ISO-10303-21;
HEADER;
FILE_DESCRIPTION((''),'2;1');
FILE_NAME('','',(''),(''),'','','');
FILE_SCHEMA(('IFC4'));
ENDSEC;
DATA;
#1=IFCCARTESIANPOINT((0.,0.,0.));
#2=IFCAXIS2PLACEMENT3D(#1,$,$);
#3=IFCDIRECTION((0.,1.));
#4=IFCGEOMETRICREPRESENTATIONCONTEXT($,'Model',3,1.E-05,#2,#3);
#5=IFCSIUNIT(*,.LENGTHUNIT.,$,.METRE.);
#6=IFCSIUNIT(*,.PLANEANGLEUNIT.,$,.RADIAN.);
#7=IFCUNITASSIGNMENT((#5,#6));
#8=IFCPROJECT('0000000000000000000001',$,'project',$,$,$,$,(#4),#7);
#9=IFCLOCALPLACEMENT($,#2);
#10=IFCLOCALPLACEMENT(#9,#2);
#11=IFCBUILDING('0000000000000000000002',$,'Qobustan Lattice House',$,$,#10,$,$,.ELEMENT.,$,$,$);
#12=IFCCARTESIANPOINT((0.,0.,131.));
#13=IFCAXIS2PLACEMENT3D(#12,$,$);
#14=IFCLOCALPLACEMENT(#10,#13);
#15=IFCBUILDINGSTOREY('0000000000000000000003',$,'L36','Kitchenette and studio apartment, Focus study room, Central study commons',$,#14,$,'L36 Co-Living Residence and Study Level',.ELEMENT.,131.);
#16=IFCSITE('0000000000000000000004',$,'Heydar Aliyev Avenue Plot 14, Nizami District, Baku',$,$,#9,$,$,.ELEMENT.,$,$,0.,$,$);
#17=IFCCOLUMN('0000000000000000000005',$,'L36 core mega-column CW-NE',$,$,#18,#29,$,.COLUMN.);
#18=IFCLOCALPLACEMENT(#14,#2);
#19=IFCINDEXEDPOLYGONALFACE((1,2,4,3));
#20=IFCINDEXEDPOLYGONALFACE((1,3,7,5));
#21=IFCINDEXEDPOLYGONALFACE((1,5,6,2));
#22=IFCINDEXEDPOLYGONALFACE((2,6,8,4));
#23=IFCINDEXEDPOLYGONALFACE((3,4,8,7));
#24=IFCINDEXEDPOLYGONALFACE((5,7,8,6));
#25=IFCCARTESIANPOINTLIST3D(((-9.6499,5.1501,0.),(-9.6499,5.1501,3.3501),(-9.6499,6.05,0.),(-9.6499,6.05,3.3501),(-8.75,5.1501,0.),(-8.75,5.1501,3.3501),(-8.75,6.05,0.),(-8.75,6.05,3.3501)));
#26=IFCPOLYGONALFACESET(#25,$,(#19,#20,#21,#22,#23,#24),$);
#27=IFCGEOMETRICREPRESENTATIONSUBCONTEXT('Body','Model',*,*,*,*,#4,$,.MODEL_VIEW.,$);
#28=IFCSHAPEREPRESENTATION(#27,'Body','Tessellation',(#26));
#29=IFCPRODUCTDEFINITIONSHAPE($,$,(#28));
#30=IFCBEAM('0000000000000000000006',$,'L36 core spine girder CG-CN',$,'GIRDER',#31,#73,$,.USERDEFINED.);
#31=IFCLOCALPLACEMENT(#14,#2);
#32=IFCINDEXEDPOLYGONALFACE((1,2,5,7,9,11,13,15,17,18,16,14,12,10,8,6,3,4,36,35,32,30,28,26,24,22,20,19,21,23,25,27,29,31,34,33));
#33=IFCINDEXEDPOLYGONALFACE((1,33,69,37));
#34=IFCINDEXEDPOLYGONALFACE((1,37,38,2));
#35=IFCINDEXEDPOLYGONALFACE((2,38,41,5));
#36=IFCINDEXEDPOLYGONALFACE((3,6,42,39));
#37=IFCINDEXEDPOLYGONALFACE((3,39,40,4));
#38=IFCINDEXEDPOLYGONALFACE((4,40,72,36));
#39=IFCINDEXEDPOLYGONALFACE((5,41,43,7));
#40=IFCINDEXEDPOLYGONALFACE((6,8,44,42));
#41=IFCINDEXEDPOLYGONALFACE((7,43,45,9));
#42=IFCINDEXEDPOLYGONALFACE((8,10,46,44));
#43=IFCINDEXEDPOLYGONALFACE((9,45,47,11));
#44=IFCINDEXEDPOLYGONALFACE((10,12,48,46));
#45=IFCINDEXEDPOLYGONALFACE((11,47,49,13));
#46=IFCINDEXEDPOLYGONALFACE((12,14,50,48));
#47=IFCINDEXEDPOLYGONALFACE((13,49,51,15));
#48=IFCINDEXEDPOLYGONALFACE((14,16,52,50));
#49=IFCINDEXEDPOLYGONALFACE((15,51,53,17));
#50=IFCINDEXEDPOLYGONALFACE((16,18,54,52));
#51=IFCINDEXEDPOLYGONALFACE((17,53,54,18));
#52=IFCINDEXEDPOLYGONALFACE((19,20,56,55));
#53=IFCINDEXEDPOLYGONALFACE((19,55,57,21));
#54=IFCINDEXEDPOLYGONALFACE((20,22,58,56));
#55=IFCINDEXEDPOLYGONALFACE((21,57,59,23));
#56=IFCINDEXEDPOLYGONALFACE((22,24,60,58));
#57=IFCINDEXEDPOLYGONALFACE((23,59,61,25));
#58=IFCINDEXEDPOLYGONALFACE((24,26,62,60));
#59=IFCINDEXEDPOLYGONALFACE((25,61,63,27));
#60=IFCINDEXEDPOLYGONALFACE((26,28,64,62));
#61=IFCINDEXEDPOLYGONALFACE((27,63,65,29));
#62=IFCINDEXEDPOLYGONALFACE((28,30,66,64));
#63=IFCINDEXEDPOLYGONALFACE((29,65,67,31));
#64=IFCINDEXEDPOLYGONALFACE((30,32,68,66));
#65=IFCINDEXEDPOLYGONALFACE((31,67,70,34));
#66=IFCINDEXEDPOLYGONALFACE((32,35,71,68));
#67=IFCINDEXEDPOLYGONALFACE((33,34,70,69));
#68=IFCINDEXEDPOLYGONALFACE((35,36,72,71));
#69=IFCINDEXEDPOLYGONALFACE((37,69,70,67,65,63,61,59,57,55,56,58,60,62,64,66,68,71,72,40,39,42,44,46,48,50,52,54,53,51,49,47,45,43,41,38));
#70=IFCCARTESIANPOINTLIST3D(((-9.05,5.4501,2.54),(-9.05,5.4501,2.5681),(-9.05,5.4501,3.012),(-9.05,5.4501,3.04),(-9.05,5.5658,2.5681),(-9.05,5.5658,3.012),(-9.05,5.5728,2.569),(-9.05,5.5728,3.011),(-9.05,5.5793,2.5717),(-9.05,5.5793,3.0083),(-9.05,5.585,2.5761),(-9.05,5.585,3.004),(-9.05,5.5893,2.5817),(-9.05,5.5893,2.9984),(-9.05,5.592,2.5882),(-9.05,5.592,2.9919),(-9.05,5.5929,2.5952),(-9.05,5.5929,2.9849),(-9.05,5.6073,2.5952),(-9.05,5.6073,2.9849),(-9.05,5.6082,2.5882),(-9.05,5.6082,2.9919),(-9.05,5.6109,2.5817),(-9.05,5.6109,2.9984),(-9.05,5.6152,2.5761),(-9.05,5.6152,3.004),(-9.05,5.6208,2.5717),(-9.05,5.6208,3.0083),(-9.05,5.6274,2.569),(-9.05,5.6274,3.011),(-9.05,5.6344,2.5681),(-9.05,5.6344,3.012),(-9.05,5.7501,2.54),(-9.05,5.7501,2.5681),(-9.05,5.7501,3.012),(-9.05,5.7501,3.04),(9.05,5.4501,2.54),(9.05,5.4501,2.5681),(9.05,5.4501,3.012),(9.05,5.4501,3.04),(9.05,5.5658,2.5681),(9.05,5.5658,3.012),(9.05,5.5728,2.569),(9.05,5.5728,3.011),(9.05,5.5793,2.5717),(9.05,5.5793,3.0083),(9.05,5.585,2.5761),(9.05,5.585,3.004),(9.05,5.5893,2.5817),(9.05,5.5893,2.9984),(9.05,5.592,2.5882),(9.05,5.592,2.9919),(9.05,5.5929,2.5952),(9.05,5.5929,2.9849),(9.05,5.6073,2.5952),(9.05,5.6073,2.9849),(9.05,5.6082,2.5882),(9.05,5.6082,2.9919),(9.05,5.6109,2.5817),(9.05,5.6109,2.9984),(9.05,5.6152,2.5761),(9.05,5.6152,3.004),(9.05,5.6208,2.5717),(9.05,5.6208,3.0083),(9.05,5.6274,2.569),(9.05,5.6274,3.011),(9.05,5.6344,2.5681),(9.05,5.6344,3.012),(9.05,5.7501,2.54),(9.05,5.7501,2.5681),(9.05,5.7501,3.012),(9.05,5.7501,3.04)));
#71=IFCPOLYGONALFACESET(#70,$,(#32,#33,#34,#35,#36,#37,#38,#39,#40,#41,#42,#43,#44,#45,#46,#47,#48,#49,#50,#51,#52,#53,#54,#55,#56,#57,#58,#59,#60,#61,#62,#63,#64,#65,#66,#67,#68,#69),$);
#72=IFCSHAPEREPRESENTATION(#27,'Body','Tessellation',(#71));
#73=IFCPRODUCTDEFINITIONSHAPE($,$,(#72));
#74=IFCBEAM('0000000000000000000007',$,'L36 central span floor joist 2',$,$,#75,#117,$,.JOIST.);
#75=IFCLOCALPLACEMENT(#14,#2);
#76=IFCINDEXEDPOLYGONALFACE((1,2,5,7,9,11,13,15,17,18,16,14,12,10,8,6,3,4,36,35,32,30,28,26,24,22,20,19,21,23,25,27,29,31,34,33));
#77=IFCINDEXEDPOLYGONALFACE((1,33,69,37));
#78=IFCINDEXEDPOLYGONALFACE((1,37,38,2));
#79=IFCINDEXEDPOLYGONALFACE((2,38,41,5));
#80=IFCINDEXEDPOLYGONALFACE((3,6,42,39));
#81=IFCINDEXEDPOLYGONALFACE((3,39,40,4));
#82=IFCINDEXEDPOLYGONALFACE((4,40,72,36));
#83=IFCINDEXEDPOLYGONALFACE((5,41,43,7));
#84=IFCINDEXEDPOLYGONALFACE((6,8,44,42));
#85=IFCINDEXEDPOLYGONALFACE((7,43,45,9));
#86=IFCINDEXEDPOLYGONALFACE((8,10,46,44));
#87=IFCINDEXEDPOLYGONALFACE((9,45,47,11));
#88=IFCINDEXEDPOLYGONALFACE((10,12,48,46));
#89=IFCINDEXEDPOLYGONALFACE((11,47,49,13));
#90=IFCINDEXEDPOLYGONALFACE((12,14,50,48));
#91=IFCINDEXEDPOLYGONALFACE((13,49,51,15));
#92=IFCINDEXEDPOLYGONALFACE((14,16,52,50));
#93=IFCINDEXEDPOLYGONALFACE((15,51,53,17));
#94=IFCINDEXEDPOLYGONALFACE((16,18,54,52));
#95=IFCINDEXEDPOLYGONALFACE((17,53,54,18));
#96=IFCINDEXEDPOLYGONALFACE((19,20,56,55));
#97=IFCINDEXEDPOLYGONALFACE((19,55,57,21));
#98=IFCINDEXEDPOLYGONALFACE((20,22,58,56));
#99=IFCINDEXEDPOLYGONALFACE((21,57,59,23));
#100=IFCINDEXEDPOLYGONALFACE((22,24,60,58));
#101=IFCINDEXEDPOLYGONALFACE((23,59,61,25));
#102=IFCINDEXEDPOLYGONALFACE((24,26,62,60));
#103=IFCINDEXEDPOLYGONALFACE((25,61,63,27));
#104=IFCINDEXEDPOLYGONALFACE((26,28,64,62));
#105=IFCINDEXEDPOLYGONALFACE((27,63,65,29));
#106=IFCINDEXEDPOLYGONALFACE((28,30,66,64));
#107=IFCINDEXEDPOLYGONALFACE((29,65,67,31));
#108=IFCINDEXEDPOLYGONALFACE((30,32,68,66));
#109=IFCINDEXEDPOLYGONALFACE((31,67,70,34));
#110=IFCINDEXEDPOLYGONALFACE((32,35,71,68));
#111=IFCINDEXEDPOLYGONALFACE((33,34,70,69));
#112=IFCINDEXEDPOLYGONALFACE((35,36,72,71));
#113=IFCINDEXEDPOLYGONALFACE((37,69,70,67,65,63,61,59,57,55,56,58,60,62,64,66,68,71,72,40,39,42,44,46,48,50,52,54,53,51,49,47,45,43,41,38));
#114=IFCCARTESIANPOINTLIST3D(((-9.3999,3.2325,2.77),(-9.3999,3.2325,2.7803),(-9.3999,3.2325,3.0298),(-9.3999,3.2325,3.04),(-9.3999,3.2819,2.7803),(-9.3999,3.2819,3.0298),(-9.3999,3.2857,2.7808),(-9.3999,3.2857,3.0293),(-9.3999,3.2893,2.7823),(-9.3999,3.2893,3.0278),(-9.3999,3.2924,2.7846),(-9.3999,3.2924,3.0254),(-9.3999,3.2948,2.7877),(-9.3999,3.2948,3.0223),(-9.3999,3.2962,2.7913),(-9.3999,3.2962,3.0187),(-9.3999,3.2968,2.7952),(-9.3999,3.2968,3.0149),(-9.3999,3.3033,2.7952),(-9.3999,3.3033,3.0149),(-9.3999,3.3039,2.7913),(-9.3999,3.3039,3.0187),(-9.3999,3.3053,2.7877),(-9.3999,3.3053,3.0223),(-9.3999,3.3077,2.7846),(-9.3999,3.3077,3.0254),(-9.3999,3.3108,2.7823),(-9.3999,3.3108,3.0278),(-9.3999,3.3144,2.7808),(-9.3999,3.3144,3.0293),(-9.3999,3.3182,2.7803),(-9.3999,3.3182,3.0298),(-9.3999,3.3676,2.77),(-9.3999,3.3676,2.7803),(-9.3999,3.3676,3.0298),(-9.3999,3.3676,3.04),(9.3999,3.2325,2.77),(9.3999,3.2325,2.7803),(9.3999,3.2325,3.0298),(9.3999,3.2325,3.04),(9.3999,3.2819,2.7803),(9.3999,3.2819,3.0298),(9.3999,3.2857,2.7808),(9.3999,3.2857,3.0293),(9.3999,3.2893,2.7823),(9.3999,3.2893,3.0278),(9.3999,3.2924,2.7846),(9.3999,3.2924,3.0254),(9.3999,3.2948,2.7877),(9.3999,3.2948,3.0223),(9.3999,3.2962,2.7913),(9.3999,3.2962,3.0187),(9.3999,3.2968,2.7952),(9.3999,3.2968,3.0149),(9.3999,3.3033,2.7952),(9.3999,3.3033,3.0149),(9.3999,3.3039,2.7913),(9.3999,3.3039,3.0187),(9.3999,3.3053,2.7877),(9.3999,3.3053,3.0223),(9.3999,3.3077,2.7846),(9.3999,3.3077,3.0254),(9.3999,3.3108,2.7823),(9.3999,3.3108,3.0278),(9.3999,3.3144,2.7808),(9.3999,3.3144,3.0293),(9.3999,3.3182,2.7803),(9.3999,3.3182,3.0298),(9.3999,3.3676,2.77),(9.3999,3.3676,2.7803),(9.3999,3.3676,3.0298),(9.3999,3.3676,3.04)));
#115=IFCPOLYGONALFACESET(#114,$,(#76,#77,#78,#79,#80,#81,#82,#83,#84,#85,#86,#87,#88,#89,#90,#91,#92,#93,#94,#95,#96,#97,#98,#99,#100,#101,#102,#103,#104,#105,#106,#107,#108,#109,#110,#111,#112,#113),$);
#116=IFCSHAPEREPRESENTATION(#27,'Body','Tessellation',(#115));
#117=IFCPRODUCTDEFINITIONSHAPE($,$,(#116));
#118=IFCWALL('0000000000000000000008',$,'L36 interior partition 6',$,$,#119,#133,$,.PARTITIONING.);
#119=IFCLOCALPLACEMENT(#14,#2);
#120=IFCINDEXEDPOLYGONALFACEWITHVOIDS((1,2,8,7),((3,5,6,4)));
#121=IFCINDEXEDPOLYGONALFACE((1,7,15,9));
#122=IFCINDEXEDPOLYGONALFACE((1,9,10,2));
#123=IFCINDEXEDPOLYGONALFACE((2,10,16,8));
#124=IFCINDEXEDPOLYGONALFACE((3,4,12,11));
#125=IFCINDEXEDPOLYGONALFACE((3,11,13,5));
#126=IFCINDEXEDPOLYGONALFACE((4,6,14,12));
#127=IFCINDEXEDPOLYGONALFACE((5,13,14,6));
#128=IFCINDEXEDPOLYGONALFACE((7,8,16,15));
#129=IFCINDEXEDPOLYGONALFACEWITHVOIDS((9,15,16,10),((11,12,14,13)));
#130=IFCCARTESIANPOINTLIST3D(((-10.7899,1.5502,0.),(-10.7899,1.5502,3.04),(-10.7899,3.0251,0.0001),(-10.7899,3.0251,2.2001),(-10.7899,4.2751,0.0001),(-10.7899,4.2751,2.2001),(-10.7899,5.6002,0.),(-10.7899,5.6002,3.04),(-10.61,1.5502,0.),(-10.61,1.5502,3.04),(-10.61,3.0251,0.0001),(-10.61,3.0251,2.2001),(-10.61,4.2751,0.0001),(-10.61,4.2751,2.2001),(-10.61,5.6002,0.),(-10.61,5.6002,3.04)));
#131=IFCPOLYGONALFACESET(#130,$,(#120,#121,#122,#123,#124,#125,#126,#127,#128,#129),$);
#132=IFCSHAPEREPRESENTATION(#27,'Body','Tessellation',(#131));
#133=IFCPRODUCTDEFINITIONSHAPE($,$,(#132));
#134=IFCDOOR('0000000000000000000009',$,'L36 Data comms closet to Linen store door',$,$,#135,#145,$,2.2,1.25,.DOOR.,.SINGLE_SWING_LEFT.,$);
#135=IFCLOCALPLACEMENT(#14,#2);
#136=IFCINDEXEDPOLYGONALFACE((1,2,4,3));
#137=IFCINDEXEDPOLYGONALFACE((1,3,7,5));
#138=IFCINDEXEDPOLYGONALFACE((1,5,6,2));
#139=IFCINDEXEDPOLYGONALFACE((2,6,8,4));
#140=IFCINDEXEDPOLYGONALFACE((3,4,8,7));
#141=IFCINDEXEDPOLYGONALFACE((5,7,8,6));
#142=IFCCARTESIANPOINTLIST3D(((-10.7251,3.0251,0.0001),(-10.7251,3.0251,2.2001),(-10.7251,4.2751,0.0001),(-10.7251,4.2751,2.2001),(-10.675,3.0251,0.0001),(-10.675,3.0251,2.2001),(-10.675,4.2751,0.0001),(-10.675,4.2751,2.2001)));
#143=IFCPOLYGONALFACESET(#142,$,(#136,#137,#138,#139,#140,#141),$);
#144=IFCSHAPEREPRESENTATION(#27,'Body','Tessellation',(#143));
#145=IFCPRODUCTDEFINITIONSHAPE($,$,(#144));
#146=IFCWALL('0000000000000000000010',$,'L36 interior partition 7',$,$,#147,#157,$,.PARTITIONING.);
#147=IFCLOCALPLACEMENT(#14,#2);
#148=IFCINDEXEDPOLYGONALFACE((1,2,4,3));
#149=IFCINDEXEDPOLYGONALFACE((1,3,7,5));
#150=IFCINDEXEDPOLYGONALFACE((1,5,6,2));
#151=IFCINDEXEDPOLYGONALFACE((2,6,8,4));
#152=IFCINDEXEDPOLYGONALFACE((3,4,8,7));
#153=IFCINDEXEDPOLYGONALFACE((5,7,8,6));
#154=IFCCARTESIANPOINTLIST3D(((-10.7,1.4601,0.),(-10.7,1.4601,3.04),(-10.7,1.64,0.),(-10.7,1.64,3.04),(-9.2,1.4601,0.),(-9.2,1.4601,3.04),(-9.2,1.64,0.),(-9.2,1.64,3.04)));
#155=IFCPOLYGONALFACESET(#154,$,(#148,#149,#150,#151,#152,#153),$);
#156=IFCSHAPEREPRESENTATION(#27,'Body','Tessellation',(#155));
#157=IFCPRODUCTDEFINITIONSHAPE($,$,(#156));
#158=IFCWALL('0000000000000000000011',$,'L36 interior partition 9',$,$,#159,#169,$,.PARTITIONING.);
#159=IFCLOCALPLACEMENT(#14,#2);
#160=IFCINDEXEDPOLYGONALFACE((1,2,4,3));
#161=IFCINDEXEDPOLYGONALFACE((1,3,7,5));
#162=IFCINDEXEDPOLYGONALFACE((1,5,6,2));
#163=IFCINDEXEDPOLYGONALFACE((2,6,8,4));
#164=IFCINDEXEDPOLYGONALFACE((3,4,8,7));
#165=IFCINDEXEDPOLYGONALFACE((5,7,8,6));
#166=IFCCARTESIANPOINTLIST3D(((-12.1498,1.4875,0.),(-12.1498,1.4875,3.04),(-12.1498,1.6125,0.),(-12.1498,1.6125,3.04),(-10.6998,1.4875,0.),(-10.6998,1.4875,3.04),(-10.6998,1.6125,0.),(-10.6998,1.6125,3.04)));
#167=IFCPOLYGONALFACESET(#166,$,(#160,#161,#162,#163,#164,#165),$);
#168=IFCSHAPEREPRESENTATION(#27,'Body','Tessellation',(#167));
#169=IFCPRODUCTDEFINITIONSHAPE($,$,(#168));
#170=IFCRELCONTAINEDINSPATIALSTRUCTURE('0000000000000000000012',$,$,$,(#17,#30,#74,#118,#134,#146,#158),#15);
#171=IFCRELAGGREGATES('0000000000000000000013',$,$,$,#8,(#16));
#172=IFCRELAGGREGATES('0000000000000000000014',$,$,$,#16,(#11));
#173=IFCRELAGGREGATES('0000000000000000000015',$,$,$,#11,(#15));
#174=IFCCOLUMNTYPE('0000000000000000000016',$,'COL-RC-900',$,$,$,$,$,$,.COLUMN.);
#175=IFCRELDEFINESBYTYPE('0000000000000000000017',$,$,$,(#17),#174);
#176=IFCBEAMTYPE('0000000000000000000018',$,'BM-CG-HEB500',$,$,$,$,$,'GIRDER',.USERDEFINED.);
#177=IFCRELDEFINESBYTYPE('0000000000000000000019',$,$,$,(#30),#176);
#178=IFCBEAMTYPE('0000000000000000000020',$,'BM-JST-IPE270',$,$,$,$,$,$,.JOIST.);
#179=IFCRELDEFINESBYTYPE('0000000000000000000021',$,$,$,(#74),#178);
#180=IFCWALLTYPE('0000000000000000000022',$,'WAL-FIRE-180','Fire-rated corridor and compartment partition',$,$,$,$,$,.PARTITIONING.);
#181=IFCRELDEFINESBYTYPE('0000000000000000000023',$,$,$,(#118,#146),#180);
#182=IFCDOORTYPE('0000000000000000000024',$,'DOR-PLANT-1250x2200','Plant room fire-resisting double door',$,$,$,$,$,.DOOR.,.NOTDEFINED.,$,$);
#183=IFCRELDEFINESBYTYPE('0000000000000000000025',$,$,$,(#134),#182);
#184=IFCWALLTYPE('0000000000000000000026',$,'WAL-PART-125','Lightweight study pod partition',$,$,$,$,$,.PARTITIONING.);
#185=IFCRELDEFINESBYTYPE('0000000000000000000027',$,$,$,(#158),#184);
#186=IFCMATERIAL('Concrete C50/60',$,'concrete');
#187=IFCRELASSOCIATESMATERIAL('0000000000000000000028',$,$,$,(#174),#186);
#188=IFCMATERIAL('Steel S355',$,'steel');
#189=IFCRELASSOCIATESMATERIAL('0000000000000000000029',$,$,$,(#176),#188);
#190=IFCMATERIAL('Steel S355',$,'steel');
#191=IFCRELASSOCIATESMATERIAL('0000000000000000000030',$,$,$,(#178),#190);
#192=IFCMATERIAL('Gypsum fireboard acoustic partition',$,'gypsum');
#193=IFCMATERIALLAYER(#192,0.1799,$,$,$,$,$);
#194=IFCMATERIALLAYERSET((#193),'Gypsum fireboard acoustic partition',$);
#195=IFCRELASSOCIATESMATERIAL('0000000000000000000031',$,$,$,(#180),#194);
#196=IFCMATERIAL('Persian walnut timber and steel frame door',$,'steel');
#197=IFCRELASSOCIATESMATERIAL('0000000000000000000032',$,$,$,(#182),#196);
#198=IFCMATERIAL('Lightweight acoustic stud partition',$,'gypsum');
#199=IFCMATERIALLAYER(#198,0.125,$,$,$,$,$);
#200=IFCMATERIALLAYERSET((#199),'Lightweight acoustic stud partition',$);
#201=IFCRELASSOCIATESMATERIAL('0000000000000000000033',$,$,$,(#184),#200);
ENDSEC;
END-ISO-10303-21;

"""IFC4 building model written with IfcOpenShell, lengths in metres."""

from ifc_helpers import new_model, si_unit, direction, frame, frame_2d, origin, origin_2d, place, context, subcontext, project, spatial, rectangle, i_section, extrude, material, layer, layer_set, material_profile, profile_set, type_object, element, fill, save


model = new_model("IFC4")

# Units and contexts
model_context = context("Model", 3, precision=1e-05, world=origin(), true_north=direction((0.0, 1.0)))
body_context = subcontext(model_context, "Body", "Model", "MODEL_VIEW")
ifc_project = project(units=[si_unit("LENGTHUNIT", "METRE"), si_unit("PLANEANGLEUNIT", "RADIAN")], contexts=[model_context])

# Site, building, storey
site_placement = place(None, origin())
site = spatial("IfcSite", under=ifc_project, at=site_placement, Name="Heydar Aliyev Avenue Plot 14, Nizami District, Baku", CompositionType="ELEMENT", RefElevation=0.0)
building_placement = place(site_placement, origin())
building = spatial("IfcBuilding", under=site, at=building_placement, Name="Qobustan Lattice House", CompositionType="ELEMENT")
storey_placement = place(building_placement, frame((0.0, 0.0, 131.0)))
storey = spatial("IfcBuildingStorey", under=building, at=storey_placement, Name="L36", Description="Kitchenette and studio apartment, Focus study room, Central study commons", LongName="L36 Co-Living Residence and Study Level", CompositionType="ELEMENT", Elevation=131.0)

# Column
ifc_material_1 = material(Name="Concrete C50/60", Category="concrete")
ifc_material_profile_1 = material_profile(ifc_material_1, rectangle(XDim=0.8999, YDim=0.8999, at=origin_2d()), Name="RC900x900")
ifc_profile_set_1 = profile_set([ifc_material_profile_1], Name="Concrete C50/60")
column_type = type_object("IfcColumnType", Name="COL-RC-900", PredefinedType="COLUMN", material=ifc_profile_set_1)
column_placement = place(storey_placement, frame((-9.2, 5.6001, 0.0), z_axis=(0.0, 0.0, 1.0), x_axis=(1.0, 0.0, 0.0)))
element("IfcColumn", 1, at=column_placement, inside=storey, type_object=column_type, Name="L36 core mega-column CW-NE", PredefinedType="COLUMN", context=body_context, shape_type="SweptSolid", body=[
    extrude(rectangle(XDim=0.8999, YDim=0.8999, at=origin_2d()), origin(), (0.0, 0.0, 1.0), 3.3501),
])

# Beams
ifc_material_2 = material(Name="Steel S355", Category="steel")
ifc_material_profile_2 = material_profile(ifc_material_2, i_section(OverallWidth=0.3, OverallDepth=0.5, WebThickness=0.0144, FlangeThickness=0.0281, FilletRadius=0.0271, at=origin_2d()), Name="HEB500")
ifc_profile_set_2 = profile_set([ifc_material_profile_2], Name="Steel S355")
beam_type_1 = type_object("IfcBeamType", Name="BM-CG-HEB500", ElementType="GIRDER", PredefinedType="USERDEFINED", material=ifc_profile_set_2)
beam_1_placement = place(storey_placement, frame((-9.05, 5.6001, 2.79), z_axis=(1.0, 0.0, 0.0), x_axis=(0.0, 1.0, 0.0)))
element("IfcBeam", 2, at=beam_1_placement, inside=storey, type_object=beam_type_1, Name="L36 core spine girder CG-CN", ObjectType="GIRDER", PredefinedType="USERDEFINED", context=body_context, shape_type="SweptSolid", body=[
    extrude(i_section(OverallWidth=0.3, OverallDepth=0.5, WebThickness=0.0144, FlangeThickness=0.0281, FilletRadius=0.0271, at=origin_2d()), origin(), (0.0, 0.0, 1.0), 18.1001),
])
ifc_material_3 = material(Name="Steel S355", Category="steel")
ifc_material_profile_3 = material_profile(ifc_material_3, i_section(OverallWidth=0.135, OverallDepth=0.27, WebThickness=0.0066, FlangeThickness=0.0103, FilletRadius=0.0149, at=origin_2d()), Name="IPE270")
ifc_profile_set_3 = profile_set([ifc_material_profile_3], Name="Steel S355")
beam_type_2 = type_object("IfcBeamType", Name="BM-JST-IPE270", PredefinedType="JOIST", material=ifc_profile_set_3)
beam_2_placement = place(storey_placement, frame((-9.3999, 3.3, 2.905), z_axis=(1.0, 0.0, 0.0), x_axis=(0.0, 1.0, 0.0)))
element("IfcBeam", 3, at=beam_2_placement, inside=storey, type_object=beam_type_2, Name="L36 central span floor joist 2", PredefinedType="JOIST", context=body_context, shape_type="SweptSolid", body=[
    extrude(i_section(OverallWidth=0.135, OverallDepth=0.27, WebThickness=0.0066, FlangeThickness=0.0103, FilletRadius=0.0149, at=origin_2d()), origin(), (0.0, 0.0, 1.0), 18.7998),
])

# Wall, opening, door
ifc_material_4 = material(Name="Gypsum fireboard acoustic partition", Category="gypsum")
ifc_layer_1 = layer(ifc_material_4, 0.1799)
ifc_layer_set_1 = layer_set([ifc_layer_1], Name="Gypsum fireboard acoustic partition")
wall_type_1 = type_object("IfcWallType", Name="WAL-FIRE-180", Description="Fire-rated corridor and compartment partition", PredefinedType="PARTITIONING", material=ifc_layer_set_1)
wall_1_placement = place(storey_placement, frame((-10.7, 5.6001, 0.0), z_axis=(0.0, 0.0, 1.0), x_axis=(0.0, -1.0, 0.0)))
wall_1 = element("IfcWall", 4, at=wall_1_placement, inside=storey, type_object=wall_type_1, Name="L36 interior partition 6", PredefinedType="PARTITIONING", context=body_context, shape_type="SweptSolid", body=[
    extrude(rectangle(XDim=4.05, YDim=0.1799, at=frame_2d((2.0249, 0.0))), origin(), (0.0, 0.0, 1.0), 3.04),
])
opening_1_placement = place(wall_1_placement, frame((1.325, 0.0, 0.0)))
opening_1 = element("IfcOpeningElement", 5, at=opening_1_placement, cuts=wall_1, PredefinedType="OPENING", context=body_context, shape_type="SweptSolid", body=[
    extrude(rectangle(XDim=1.25, YDim=2.2, at=frame_2d((0.625, 1.1001))), frame((0.0, 0.0999, 0.0), z_axis=(0.0, -1.0, 0.0), x_axis=(1.0, 0.0, 0.0)), (0.0, 0.0, 1.0), 0.2),
])
ifc_material_5 = material(Name="Persian walnut timber and steel frame door", Category="steel")
door_type_1 = type_object("IfcDoorType", Name="DOR-PLANT-1250x2200", Description="Plant room fire-resisting double door", OperationType="NOTDEFINED", PredefinedType="DOOR", material=ifc_material_5)
door_1_placement = place(opening_1_placement, origin())
door_1 = element("IfcDoor", 6, at=door_1_placement, inside=storey, type_object=door_type_1, Name="L36 Data comms closet to Linen store door", OperationType="SINGLE_SWING_LEFT", OverallHeight=2.2, OverallWidth=1.25, PredefinedType="DOOR", context=body_context, shape_type="SweptSolid", body=[
    extrude(rectangle(XDim=1.25, YDim=2.2, at=frame_2d((0.625, 1.1001))), frame((0.0, 0.0249, 0.0), z_axis=(0.0, -1.0, 0.0), x_axis=(1.0, 0.0, 0.0)), (0.0, 0.0, 1.0), 0.05),
])
fill(opening_1, door_1)

# Walls
wall_2_placement = place(storey_placement, frame((-10.7, 1.55, 0.0), z_axis=(0.0, 0.0, 1.0), x_axis=(1.0, 0.0, 0.0)))
element("IfcWall", 7, at=wall_2_placement, inside=storey, type_object=wall_type_1, Name="L36 interior partition 7", PredefinedType="PARTITIONING", context=body_context, shape_type="SweptSolid", body=[
    extrude(rectangle(XDim=1.5, YDim=0.1799, at=frame_2d((0.75, 0.0))), origin(), (0.0, 0.0, 1.0), 3.04),
])
ifc_material_6 = material(Name="Lightweight acoustic stud partition", Category="gypsum")
ifc_layer_2 = layer(ifc_material_6, 0.125)
ifc_layer_set_2 = layer_set([ifc_layer_2], Name="Lightweight acoustic stud partition")
wall_type_2 = type_object("IfcWallType", Name="WAL-PART-125", Description="Lightweight study pod partition", PredefinedType="PARTITIONING", material=ifc_layer_set_2)
wall_3_placement = place(storey_placement, frame((-12.1499, 1.55, 0.0), z_axis=(0.0, 0.0, 1.0), x_axis=(1.0, 0.0, 0.0)))
element("IfcWall", 8, at=wall_3_placement, inside=storey, type_object=wall_type_2, Name="L36 interior partition 9", PredefinedType="PARTITIONING", context=body_context, shape_type="SweptSolid", body=[
    extrude(rectangle(XDim=1.45, YDim=0.125, at=frame_2d((0.7251, 0.0))), origin(), (0.0, 0.0, 1.0), 3.04),
])

save(model, "model.ifc")
